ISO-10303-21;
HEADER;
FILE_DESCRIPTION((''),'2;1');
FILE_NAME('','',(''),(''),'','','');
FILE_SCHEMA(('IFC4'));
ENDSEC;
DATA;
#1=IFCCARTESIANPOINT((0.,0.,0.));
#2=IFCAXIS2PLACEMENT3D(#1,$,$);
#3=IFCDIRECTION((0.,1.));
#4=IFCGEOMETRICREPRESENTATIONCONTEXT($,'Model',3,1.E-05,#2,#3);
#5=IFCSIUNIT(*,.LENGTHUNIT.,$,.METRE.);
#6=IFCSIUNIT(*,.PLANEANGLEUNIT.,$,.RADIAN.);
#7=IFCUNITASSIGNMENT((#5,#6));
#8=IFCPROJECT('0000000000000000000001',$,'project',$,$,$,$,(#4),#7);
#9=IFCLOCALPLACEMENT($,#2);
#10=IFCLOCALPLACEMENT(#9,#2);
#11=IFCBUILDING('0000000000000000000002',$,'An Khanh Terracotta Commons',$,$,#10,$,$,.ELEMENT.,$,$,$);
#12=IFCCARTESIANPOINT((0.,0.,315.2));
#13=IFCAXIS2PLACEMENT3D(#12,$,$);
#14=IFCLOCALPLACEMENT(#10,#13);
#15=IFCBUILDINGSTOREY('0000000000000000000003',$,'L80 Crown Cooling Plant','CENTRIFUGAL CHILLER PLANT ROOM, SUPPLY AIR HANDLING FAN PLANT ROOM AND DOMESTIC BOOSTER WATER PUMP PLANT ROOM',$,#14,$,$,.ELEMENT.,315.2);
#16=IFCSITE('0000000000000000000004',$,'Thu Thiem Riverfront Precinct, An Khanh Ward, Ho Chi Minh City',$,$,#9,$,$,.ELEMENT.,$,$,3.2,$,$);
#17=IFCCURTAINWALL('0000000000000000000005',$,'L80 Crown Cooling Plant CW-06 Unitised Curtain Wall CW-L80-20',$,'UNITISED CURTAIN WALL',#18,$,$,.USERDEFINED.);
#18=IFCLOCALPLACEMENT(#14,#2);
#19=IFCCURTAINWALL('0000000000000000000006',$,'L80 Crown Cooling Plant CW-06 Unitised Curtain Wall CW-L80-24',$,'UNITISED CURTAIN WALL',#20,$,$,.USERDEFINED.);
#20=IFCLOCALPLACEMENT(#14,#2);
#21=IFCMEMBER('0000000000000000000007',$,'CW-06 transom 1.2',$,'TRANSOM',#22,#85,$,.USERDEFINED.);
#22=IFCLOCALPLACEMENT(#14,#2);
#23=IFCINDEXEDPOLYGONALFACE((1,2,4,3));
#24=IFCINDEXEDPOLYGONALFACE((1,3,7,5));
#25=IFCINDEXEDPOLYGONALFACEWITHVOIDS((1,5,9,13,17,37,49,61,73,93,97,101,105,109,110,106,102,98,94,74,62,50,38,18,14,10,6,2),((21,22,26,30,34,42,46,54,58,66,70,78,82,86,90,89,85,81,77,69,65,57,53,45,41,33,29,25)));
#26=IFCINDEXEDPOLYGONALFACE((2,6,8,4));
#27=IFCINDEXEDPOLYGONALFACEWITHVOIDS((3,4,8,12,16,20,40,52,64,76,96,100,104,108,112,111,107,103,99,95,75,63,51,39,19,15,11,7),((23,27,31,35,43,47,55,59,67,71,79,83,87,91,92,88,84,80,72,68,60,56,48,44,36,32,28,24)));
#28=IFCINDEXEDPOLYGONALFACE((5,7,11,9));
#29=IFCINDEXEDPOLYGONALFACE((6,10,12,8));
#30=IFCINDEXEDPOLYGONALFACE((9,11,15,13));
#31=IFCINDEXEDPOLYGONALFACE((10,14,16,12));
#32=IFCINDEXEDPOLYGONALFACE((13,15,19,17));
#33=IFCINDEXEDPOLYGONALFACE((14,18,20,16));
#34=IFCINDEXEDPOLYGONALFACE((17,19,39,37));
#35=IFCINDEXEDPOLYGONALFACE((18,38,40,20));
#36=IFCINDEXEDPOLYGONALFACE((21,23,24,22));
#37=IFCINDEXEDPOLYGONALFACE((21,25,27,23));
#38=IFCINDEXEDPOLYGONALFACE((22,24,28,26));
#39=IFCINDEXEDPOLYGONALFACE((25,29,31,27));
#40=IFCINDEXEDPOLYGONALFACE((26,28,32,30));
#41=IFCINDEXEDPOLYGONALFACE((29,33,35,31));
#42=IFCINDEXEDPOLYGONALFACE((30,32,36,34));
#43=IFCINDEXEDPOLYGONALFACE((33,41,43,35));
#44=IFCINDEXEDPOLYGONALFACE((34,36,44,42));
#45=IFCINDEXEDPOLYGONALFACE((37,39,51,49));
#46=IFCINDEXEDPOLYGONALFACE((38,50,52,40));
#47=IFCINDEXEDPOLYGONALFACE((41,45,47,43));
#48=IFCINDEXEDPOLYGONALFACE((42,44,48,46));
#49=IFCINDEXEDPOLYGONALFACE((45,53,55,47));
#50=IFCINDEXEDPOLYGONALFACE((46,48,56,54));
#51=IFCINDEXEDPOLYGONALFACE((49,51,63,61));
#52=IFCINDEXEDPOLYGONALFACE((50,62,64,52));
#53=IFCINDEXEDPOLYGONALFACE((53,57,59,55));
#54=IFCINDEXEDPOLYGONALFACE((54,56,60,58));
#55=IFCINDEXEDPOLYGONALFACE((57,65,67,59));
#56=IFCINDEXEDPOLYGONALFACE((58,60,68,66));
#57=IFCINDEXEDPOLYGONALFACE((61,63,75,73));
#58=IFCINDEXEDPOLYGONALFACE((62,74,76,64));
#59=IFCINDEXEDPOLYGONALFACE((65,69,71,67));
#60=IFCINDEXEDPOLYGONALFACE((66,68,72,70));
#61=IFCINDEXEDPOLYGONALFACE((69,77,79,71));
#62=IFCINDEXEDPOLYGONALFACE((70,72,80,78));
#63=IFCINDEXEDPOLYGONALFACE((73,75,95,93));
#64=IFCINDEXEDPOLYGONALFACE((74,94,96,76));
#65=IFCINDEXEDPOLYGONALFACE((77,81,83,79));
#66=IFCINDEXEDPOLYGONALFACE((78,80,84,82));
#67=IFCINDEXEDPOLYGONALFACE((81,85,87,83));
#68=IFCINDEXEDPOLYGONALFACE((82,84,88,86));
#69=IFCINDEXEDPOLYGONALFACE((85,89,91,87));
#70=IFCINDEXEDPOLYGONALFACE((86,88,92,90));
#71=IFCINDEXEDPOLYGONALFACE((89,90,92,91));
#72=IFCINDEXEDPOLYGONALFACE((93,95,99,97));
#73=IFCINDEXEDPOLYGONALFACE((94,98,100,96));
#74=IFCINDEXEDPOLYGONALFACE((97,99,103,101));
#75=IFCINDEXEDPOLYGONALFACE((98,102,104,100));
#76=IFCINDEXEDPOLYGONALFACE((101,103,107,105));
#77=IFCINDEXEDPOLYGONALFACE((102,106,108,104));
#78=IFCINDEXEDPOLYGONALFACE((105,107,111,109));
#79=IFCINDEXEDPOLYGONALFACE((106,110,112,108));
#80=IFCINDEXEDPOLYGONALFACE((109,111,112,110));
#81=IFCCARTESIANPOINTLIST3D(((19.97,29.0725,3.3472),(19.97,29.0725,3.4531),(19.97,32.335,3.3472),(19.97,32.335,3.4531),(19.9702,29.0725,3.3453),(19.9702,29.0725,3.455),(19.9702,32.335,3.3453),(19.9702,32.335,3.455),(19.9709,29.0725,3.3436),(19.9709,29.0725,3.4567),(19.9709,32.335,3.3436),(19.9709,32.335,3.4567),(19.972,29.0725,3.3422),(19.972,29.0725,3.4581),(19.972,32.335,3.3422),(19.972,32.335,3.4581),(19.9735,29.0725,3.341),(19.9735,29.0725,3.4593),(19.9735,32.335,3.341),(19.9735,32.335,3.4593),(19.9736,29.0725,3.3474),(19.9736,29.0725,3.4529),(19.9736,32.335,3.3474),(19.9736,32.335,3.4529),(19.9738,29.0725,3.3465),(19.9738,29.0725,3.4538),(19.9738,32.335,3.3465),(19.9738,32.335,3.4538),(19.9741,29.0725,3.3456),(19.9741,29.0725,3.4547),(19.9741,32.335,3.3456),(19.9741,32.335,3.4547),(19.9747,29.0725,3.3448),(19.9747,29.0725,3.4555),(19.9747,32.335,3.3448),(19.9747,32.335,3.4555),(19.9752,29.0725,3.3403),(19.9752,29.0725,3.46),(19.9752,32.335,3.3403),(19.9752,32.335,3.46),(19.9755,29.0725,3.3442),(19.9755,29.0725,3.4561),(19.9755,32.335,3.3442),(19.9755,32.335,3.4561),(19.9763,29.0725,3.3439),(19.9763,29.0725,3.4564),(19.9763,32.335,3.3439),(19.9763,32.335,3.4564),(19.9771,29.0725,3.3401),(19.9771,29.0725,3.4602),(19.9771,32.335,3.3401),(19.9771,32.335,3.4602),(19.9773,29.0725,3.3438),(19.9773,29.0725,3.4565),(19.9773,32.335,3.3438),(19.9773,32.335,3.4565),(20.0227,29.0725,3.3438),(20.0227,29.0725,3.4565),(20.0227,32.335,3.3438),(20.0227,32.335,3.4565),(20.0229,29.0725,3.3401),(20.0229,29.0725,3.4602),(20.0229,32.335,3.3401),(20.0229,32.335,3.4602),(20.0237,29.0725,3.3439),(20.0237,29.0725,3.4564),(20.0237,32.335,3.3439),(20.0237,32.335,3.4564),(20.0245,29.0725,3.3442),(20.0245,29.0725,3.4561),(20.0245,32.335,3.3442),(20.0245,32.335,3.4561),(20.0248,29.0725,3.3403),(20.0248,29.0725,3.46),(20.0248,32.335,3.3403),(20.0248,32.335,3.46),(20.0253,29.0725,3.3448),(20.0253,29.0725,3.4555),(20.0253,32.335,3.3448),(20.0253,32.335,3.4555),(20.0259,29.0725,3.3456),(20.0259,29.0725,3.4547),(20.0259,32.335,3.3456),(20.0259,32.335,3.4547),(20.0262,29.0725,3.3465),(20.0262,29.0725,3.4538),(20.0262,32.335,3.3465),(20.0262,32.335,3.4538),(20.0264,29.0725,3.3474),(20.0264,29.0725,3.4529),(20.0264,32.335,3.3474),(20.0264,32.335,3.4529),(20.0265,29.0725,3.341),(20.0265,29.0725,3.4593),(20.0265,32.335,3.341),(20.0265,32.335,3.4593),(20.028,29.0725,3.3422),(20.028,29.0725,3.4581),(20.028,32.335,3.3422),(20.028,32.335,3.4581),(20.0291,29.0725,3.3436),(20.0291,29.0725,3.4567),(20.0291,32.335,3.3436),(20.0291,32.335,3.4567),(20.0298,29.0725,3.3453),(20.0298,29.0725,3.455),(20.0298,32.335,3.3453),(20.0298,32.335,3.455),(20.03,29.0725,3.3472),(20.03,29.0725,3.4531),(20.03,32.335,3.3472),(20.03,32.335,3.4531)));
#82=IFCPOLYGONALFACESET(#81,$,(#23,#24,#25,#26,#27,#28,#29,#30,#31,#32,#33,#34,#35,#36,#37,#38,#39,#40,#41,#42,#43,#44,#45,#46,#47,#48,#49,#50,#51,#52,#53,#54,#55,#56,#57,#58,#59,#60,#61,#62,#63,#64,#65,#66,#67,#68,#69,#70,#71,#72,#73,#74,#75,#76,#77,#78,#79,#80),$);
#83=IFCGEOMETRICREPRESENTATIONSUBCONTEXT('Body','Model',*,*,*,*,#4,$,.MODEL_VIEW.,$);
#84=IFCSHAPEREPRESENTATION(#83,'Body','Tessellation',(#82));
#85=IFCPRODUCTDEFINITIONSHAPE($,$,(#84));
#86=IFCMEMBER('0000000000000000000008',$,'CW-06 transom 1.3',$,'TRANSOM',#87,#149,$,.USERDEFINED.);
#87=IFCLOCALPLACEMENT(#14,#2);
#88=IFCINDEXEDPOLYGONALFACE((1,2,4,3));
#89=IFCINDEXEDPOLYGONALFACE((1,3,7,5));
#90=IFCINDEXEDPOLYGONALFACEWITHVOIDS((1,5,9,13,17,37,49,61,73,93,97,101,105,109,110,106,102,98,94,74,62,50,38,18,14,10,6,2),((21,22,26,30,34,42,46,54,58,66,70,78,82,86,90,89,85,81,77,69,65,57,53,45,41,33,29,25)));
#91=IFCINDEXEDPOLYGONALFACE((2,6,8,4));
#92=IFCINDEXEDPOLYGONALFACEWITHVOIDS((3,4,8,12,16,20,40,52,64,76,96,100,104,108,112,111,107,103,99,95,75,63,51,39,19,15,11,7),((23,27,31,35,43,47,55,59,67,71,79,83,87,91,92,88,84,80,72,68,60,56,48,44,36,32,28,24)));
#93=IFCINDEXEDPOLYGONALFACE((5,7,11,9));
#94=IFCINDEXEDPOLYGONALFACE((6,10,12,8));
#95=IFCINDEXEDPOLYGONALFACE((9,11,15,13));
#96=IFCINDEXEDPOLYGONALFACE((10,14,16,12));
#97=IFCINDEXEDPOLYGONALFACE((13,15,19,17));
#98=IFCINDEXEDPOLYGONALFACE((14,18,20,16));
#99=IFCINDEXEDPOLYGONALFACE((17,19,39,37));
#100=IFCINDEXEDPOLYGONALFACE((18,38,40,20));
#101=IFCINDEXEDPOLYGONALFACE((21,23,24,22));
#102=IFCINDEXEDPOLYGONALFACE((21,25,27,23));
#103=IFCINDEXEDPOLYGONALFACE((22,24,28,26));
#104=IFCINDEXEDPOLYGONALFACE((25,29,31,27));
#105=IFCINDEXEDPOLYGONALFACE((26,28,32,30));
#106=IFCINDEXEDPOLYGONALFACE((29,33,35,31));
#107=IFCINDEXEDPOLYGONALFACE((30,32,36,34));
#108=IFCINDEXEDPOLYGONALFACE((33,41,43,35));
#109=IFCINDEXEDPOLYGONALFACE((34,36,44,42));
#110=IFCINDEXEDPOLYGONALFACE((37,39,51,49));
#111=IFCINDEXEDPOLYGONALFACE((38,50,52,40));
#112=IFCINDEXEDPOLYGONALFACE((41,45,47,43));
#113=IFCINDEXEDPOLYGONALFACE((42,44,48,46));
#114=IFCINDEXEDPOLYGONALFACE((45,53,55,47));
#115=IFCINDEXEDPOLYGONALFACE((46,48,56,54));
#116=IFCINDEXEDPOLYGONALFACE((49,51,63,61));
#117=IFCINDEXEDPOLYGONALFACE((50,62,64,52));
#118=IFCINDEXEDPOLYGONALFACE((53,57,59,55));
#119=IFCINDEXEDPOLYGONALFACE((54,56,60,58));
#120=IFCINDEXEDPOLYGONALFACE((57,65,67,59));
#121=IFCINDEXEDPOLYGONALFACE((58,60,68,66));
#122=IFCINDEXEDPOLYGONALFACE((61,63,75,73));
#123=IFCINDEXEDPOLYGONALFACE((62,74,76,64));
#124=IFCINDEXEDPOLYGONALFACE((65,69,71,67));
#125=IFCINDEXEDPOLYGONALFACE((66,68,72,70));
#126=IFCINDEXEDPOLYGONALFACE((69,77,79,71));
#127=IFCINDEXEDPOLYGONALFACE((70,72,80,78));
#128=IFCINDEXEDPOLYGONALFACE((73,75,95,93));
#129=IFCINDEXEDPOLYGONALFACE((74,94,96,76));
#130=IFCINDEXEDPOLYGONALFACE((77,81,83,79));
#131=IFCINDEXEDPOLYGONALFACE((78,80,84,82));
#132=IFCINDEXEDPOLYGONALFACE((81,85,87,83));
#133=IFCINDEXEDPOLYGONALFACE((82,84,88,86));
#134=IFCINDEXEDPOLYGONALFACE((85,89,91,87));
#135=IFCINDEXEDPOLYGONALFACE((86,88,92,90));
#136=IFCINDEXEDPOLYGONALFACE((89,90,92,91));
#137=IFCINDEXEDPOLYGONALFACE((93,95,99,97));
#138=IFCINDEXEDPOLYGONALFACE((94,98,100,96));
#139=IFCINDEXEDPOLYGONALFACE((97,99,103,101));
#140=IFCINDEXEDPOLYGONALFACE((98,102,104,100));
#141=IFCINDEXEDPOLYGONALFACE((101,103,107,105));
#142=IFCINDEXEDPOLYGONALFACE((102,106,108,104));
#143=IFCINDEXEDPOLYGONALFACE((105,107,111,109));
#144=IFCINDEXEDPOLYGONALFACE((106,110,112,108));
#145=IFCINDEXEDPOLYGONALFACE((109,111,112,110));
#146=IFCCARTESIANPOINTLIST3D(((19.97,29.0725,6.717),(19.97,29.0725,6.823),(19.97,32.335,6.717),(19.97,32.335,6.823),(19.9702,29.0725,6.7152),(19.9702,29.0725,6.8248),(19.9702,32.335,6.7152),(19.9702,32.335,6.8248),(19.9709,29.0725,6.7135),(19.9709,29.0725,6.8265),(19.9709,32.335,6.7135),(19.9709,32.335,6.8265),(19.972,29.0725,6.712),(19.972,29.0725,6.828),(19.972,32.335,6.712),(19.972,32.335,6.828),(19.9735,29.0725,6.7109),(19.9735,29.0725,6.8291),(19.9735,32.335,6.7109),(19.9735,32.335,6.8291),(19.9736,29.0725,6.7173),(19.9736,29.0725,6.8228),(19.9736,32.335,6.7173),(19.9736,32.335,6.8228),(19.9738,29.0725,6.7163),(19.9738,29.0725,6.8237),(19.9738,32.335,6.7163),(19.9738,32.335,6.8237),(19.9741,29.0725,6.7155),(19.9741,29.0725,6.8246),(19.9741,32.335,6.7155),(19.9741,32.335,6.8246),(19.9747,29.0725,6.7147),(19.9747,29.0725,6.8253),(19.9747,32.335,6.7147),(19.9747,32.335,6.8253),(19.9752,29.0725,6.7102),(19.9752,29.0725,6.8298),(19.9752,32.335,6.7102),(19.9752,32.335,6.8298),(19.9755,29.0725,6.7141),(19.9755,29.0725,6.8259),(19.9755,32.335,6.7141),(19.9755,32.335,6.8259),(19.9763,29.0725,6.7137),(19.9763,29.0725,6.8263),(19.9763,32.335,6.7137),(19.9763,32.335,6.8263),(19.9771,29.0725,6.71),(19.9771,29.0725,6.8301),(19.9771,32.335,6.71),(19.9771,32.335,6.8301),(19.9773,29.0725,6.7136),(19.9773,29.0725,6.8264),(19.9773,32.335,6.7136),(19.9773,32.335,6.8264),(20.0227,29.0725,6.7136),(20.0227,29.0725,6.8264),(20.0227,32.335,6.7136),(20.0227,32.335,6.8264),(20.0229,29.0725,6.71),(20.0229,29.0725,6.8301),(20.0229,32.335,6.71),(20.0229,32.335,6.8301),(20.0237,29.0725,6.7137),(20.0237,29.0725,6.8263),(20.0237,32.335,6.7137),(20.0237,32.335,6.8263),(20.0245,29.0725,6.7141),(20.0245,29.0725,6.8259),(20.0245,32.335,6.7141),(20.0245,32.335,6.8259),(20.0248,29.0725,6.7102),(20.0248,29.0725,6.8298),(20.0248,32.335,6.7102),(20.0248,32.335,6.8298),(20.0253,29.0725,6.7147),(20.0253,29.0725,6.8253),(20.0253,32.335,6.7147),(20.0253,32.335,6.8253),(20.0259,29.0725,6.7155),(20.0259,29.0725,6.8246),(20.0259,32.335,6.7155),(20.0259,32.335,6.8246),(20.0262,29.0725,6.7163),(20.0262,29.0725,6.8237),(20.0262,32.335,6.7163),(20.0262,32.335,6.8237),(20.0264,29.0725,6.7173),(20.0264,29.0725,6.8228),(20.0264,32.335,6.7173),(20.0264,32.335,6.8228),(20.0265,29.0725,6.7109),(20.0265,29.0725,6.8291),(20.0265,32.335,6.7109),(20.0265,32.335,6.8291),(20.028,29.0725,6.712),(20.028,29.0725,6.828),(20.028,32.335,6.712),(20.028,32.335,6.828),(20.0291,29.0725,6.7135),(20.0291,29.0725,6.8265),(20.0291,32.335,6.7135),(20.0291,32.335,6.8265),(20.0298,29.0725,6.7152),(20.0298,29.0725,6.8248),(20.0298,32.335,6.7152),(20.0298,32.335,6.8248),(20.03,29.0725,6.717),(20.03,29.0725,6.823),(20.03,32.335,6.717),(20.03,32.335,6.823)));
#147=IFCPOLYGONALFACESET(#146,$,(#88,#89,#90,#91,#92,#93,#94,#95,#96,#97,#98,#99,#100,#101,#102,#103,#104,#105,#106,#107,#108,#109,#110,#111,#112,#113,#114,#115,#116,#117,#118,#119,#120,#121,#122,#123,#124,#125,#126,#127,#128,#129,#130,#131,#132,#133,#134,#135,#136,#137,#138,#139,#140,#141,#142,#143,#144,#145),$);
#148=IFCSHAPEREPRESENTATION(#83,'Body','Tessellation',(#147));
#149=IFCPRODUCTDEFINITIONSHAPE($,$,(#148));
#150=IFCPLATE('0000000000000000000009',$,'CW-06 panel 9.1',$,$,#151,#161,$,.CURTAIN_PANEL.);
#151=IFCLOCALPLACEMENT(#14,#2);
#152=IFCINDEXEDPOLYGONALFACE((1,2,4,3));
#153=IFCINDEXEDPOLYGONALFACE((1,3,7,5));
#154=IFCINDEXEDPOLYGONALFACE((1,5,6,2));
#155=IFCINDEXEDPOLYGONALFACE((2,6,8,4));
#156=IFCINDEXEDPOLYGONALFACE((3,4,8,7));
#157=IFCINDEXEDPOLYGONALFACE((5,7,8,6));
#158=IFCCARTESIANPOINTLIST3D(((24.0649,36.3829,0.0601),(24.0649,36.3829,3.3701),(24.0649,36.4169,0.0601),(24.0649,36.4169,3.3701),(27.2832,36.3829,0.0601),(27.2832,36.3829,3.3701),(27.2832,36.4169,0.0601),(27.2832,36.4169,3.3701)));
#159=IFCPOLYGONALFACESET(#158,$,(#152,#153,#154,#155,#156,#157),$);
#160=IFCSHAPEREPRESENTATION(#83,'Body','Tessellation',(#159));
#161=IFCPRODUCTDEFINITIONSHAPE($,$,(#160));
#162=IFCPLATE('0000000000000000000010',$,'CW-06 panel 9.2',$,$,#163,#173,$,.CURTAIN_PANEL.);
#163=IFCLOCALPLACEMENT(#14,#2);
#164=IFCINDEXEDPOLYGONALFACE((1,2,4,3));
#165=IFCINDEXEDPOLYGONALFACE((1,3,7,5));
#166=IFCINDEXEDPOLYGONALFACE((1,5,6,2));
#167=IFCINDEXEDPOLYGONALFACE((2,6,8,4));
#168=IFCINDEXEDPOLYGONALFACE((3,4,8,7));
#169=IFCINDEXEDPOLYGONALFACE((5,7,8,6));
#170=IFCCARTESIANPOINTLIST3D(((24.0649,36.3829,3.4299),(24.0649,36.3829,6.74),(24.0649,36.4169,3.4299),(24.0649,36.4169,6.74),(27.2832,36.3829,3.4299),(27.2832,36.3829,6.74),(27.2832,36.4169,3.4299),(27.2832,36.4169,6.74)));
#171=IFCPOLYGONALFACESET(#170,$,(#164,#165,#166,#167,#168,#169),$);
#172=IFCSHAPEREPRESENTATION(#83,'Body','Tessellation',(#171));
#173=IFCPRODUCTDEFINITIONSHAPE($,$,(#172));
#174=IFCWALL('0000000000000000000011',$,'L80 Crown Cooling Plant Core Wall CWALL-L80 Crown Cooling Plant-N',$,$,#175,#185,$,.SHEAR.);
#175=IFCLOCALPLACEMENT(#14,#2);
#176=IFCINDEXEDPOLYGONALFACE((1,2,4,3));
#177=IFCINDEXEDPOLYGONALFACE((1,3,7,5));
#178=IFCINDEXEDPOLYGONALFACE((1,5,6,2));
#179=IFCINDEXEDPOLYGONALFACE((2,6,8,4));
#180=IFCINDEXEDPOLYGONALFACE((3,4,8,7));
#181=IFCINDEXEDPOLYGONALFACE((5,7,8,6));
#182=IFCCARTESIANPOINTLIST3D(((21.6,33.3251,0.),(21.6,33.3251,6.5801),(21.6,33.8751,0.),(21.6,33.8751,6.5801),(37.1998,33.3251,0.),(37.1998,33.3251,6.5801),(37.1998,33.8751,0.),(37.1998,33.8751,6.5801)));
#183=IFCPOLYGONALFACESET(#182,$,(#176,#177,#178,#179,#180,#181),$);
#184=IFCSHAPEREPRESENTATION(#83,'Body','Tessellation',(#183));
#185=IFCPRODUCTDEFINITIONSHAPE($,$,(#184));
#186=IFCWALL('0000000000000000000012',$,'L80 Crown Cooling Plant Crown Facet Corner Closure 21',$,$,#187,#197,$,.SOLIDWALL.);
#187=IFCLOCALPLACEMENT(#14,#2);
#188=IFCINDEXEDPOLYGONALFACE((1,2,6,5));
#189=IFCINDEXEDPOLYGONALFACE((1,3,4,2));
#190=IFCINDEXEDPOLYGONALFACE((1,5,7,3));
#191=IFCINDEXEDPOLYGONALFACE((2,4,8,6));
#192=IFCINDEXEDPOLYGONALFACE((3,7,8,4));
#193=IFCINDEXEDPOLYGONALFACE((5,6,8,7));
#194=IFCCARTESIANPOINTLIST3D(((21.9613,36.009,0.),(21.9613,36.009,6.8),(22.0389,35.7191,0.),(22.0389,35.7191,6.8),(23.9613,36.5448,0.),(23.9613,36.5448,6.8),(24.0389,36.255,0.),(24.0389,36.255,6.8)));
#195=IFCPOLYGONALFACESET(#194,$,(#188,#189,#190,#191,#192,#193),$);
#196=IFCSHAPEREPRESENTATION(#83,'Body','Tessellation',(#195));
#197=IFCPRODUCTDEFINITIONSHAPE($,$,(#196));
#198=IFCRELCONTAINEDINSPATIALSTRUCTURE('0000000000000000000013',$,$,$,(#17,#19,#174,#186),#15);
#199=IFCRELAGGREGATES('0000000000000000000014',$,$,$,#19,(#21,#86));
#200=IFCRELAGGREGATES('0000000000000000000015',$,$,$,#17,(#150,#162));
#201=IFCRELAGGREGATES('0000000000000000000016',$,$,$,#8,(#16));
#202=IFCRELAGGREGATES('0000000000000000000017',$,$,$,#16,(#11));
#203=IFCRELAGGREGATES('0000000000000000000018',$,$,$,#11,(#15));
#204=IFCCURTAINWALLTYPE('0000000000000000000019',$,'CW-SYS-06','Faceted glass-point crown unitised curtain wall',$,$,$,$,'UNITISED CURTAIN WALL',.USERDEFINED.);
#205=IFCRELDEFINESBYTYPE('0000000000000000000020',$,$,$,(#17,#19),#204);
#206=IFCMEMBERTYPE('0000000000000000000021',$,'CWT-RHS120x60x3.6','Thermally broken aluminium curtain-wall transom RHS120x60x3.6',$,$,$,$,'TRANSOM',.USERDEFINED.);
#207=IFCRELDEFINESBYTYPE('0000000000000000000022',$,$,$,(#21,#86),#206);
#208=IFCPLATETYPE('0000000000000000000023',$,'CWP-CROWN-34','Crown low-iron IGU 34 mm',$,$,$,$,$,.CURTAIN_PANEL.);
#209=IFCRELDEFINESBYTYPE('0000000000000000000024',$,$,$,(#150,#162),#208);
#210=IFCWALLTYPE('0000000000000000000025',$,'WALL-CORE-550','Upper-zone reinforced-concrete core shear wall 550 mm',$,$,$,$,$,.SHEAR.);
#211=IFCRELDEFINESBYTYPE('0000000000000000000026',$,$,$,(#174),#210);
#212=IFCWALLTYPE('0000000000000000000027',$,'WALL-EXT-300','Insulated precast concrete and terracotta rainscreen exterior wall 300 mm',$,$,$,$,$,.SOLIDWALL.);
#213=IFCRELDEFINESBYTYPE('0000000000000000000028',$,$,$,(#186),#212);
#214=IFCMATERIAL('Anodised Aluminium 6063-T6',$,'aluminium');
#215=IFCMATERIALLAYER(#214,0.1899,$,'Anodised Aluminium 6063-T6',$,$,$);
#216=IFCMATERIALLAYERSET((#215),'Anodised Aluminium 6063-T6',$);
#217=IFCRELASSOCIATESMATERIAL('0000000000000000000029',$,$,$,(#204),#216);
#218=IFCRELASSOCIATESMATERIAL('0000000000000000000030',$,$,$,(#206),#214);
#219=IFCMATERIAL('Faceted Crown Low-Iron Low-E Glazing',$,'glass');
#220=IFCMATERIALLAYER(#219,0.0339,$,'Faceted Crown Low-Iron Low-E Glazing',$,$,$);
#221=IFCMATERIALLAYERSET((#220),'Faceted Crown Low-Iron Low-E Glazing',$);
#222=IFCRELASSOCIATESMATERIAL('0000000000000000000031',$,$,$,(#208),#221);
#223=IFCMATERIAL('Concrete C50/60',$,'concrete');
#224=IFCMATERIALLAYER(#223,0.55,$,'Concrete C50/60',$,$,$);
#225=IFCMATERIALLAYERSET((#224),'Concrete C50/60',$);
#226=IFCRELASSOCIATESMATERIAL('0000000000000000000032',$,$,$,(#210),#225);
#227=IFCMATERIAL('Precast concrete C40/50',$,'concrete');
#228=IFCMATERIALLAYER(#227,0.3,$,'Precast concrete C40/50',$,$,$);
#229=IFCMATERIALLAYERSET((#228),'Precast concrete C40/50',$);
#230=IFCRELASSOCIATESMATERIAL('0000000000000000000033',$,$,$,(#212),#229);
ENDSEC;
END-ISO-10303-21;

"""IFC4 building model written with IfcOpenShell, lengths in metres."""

from ifc_helpers import new_model, si_unit, direction, frame, frame_2d, origin, origin_2d, place, context, subcontext, project, spatial, rectangle, hollow_rectangle, extrude, material, layer, layer_set, material_profile, profile_set, type_object, element, aggregate, save


model = new_model("IFC4")

# Units and contexts
model_context = context("Model", 3, precision=1e-05, world=origin(), true_north=direction((0.0, 1.0)))
body_context = subcontext(model_context, "Body", "Model", "MODEL_VIEW")
ifc_project = project(units=[si_unit("LENGTHUNIT", "METRE"), si_unit("PLANEANGLEUNIT", "RADIAN")], contexts=[model_context])

# Site, building, storey
site_placement = place(None, origin())
site = spatial("IfcSite", under=ifc_project, at=site_placement, Name="Thu Thiem Riverfront Precinct, An Khanh Ward, Ho Chi Minh City", CompositionType="ELEMENT", RefElevation=3.2)
building_placement = place(site_placement, origin())
building = spatial("IfcBuilding", under=site, at=building_placement, Name="An Khanh Terracotta Commons", CompositionType="ELEMENT")
storey_placement = place(building_placement, frame((0.0, 0.0, 315.2)))
storey = spatial("IfcBuildingStorey", under=building, at=storey_placement, Name="L80 Crown Cooling Plant", Description="CENTRIFUGAL CHILLER PLANT ROOM, SUPPLY AIR HANDLING FAN PLANT ROOM AND DOMESTIC BOOSTER WATER PUMP PLANT ROOM", CompositionType="ELEMENT", Elevation=315.2)

# Shared definitions
ifc_material_1 = material(Name="Concrete C50/60", Category="concrete")

# Curtain wall
ifc_material_2 = material(Name="Anodised Aluminium 6063-T6", Category="aluminium")
ifc_layer_1 = layer(ifc_material_2, 0.1899, Name="Anodised Aluminium 6063-T6")
ifc_layer_set_1 = layer_set([ifc_layer_1], Name="Anodised Aluminium 6063-T6")
curtain_wall_type = type_object("IfcCurtainWallType", Name="CW-SYS-06", Description="Faceted glass-point crown unitised curtain wall", ElementType="UNITISED CURTAIN WALL", PredefinedType="USERDEFINED", material=ifc_layer_set_1)
curtain_wall_1_placement = place(storey_placement, origin())
curtain_wall_1 = element("IfcCurtainWall", 1, at=curtain_wall_1_placement, inside=storey, type_object=curtain_wall_type, Name="L80 Crown Cooling Plant CW-06 Unitised Curtain Wall CW-L80-20", ObjectType="UNITISED CURTAIN WALL", PredefinedType="USERDEFINED")

# Curtain wall
curtain_wall_2_placement = place(storey_placement, origin())
curtain_wall_2 = element("IfcCurtainWall", 2, at=curtain_wall_2_placement, inside=storey, type_object=curtain_wall_type, Name="L80 Crown Cooling Plant CW-06 Unitised Curtain Wall CW-L80-24", ObjectType="UNITISED CURTAIN WALL", PredefinedType="USERDEFINED")

# Members
ifc_material_profile_1 = material_profile(ifc_material_2, hollow_rectangle(XDim=0.0601, YDim=0.1201, WallThickness=0.0037, InnerFilletRadius=0.0037, OuterFilletRadius=0.0071, at=origin_2d()), Name="RHS120x60x3.6")
ifc_profile_set_1 = profile_set([ifc_material_profile_1], Name="Anodised Aluminium 6063-T6")
member_type_1 = type_object("IfcMemberType", Name="CWT-RHS120x60x3.6", Description="Thermally broken aluminium curtain-wall transom RHS120x60x3.6", ElementType="TRANSOM", PredefinedType="USERDEFINED", material=ifc_profile_set_1)
member_1_placement = place(storey_placement, frame((20.0, 32.335, 3.4001), z_axis=(0.0, -1.0, 0.0), x_axis=(1.0, 0.0, 0.0)))
member_1 = element("IfcMember", 3, at=member_1_placement, type_object=member_type_1, Name="CW-06 transom 1.2", ObjectType="TRANSOM", PredefinedType="USERDEFINED", context=body_context, shape_type="SweptSolid", body=[
    extrude(hollow_rectangle(XDim=0.0601, YDim=0.1201, WallThickness=0.0037, InnerFilletRadius=0.0037, OuterFilletRadius=0.0071, at=origin_2d()), origin(), (0.0, 0.0, 1.0), 3.2625),
])
member_2_placement = place(storey_placement, frame((20.0, 32.335, 6.77), z_axis=(0.0, -1.0, 0.0), x_axis=(1.0, 0.0, 0.0)))
member_2 = element("IfcMember", 4, at=member_2_placement, type_object=member_type_1, Name="CW-06 transom 1.3", ObjectType="TRANSOM", PredefinedType="USERDEFINED", context=body_context, shape_type="SweptSolid", body=[
    extrude(hollow_rectangle(XDim=0.0601, YDim=0.1201, WallThickness=0.0037, InnerFilletRadius=0.0037, OuterFilletRadius=0.0071, at=origin_2d()), origin(), (0.0, 0.0, 1.0), 3.2625),
])
aggregate(curtain_wall_2, [member_1, member_2])

# Plates
ifc_material_3 = material(Name="Faceted Crown Low-Iron Low-E Glazing", Category="glass")
ifc_layer_2 = layer(ifc_material_3, 0.0339, Name="Faceted Crown Low-Iron Low-E Glazing")
ifc_layer_set_2 = layer_set([ifc_layer_2], Name="Faceted Crown Low-Iron Low-E Glazing")
plate_type = type_object("IfcPlateType", Name="CWP-CROWN-34", Description="Crown low-iron IGU 34 mm", PredefinedType="CURTAIN_PANEL", material=ifc_layer_set_2)
plate_1_placement = place(storey_placement, frame((25.6741, 36.3999, 0.0601), z_axis=(0.0, 0.0, 1.0), x_axis=(-1.0, 0.0, 0.0)))
plate_1 = element("IfcPlate", 5, at=plate_1_placement, type_object=plate_type, Name="CW-06 panel 9.1", PredefinedType="CURTAIN_PANEL", context=body_context, shape_type="SweptSolid", body=[
    extrude(rectangle(XDim=3.2183, YDim=0.0339, at=origin_2d()), origin(), (0.0, 0.0, 1.0), 3.3101),
])
plate_2_placement = place(storey_placement, frame((25.6741, 36.3999, 3.4299), z_axis=(0.0, 0.0, 1.0), x_axis=(-1.0, 0.0, 0.0)))
plate_2 = element("IfcPlate", 6, at=plate_2_placement, type_object=plate_type, Name="CW-06 panel 9.2", PredefinedType="CURTAIN_PANEL", context=body_context, shape_type="SweptSolid", body=[
    extrude(rectangle(XDim=3.2183, YDim=0.0339, at=origin_2d()), origin(), (0.0, 0.0, 1.0), 3.3101),
])
aggregate(curtain_wall_1, [plate_1, plate_2])

# Walls
ifc_layer_3 = layer(ifc_material_1, 0.55, Name="Concrete C50/60")
ifc_layer_set_3 = layer_set([ifc_layer_3], Name="Concrete C50/60")
wall_type_1 = type_object("IfcWallType", Name="WALL-CORE-550", Description="Upper-zone reinforced-concrete core shear wall 550 mm", PredefinedType="SHEAR", material=ifc_layer_set_3)
wall_1_placement = place(storey_placement, frame((21.6001, 33.6001, 0.0), z_axis=(0.0, 0.0, 1.0), x_axis=(1.0, 0.0, 0.0)))
element("IfcWall", 7, at=wall_1_placement, inside=storey, type_object=wall_type_1, Name="L80 Crown Cooling Plant Core Wall CWALL-L80 Crown Cooling Plant-N", PredefinedType="SHEAR", context=body_context, shape_type="SweptSolid", body=[
    extrude(rectangle(XDim=15.5999, YDim=0.55, at=frame_2d((7.7998, 0.0))), origin(), (0.0, 0.0, 1.0), 6.5801),
])
ifc_material_4 = material(Name="Precast concrete C40/50", Category="concrete")
ifc_layer_4 = layer(ifc_material_4, 0.3, Name="Precast concrete C40/50")
ifc_layer_set_4 = layer_set([ifc_layer_4], Name="Precast concrete C40/50")
wall_type_2 = type_object("IfcWallType", Name="WALL-EXT-300", Description="Insulated precast concrete and terracotta rainscreen exterior wall 300 mm", PredefinedType="SOLIDWALL", material=ifc_layer_set_4)
for number, where, z_axis, x_axis, name in (
    (8, (24.0, 36.3999, 0.0), (0.0, 0.0, 1.0), (-0.965927, -0.258815, 0.0), "L80 Crown Cooling Plant Crown Facet Corner Closure 21"),
):
    element("IfcWall", number, at=place(storey_placement, frame(where, z_axis=z_axis, x_axis=x_axis)), inside=storey, type_object=wall_type_2, Name=name, PredefinedType="SOLIDWALL", context=body_context, shape_type="SweptSolid", body=[
        extrude(rectangle(XDim=2.0706, YDim=0.3, at=frame_2d((1.0352, 0.0))), origin(), (0.0, 0.0, 1.0), 6.8),
    ])

save(model, "model.ifc")
